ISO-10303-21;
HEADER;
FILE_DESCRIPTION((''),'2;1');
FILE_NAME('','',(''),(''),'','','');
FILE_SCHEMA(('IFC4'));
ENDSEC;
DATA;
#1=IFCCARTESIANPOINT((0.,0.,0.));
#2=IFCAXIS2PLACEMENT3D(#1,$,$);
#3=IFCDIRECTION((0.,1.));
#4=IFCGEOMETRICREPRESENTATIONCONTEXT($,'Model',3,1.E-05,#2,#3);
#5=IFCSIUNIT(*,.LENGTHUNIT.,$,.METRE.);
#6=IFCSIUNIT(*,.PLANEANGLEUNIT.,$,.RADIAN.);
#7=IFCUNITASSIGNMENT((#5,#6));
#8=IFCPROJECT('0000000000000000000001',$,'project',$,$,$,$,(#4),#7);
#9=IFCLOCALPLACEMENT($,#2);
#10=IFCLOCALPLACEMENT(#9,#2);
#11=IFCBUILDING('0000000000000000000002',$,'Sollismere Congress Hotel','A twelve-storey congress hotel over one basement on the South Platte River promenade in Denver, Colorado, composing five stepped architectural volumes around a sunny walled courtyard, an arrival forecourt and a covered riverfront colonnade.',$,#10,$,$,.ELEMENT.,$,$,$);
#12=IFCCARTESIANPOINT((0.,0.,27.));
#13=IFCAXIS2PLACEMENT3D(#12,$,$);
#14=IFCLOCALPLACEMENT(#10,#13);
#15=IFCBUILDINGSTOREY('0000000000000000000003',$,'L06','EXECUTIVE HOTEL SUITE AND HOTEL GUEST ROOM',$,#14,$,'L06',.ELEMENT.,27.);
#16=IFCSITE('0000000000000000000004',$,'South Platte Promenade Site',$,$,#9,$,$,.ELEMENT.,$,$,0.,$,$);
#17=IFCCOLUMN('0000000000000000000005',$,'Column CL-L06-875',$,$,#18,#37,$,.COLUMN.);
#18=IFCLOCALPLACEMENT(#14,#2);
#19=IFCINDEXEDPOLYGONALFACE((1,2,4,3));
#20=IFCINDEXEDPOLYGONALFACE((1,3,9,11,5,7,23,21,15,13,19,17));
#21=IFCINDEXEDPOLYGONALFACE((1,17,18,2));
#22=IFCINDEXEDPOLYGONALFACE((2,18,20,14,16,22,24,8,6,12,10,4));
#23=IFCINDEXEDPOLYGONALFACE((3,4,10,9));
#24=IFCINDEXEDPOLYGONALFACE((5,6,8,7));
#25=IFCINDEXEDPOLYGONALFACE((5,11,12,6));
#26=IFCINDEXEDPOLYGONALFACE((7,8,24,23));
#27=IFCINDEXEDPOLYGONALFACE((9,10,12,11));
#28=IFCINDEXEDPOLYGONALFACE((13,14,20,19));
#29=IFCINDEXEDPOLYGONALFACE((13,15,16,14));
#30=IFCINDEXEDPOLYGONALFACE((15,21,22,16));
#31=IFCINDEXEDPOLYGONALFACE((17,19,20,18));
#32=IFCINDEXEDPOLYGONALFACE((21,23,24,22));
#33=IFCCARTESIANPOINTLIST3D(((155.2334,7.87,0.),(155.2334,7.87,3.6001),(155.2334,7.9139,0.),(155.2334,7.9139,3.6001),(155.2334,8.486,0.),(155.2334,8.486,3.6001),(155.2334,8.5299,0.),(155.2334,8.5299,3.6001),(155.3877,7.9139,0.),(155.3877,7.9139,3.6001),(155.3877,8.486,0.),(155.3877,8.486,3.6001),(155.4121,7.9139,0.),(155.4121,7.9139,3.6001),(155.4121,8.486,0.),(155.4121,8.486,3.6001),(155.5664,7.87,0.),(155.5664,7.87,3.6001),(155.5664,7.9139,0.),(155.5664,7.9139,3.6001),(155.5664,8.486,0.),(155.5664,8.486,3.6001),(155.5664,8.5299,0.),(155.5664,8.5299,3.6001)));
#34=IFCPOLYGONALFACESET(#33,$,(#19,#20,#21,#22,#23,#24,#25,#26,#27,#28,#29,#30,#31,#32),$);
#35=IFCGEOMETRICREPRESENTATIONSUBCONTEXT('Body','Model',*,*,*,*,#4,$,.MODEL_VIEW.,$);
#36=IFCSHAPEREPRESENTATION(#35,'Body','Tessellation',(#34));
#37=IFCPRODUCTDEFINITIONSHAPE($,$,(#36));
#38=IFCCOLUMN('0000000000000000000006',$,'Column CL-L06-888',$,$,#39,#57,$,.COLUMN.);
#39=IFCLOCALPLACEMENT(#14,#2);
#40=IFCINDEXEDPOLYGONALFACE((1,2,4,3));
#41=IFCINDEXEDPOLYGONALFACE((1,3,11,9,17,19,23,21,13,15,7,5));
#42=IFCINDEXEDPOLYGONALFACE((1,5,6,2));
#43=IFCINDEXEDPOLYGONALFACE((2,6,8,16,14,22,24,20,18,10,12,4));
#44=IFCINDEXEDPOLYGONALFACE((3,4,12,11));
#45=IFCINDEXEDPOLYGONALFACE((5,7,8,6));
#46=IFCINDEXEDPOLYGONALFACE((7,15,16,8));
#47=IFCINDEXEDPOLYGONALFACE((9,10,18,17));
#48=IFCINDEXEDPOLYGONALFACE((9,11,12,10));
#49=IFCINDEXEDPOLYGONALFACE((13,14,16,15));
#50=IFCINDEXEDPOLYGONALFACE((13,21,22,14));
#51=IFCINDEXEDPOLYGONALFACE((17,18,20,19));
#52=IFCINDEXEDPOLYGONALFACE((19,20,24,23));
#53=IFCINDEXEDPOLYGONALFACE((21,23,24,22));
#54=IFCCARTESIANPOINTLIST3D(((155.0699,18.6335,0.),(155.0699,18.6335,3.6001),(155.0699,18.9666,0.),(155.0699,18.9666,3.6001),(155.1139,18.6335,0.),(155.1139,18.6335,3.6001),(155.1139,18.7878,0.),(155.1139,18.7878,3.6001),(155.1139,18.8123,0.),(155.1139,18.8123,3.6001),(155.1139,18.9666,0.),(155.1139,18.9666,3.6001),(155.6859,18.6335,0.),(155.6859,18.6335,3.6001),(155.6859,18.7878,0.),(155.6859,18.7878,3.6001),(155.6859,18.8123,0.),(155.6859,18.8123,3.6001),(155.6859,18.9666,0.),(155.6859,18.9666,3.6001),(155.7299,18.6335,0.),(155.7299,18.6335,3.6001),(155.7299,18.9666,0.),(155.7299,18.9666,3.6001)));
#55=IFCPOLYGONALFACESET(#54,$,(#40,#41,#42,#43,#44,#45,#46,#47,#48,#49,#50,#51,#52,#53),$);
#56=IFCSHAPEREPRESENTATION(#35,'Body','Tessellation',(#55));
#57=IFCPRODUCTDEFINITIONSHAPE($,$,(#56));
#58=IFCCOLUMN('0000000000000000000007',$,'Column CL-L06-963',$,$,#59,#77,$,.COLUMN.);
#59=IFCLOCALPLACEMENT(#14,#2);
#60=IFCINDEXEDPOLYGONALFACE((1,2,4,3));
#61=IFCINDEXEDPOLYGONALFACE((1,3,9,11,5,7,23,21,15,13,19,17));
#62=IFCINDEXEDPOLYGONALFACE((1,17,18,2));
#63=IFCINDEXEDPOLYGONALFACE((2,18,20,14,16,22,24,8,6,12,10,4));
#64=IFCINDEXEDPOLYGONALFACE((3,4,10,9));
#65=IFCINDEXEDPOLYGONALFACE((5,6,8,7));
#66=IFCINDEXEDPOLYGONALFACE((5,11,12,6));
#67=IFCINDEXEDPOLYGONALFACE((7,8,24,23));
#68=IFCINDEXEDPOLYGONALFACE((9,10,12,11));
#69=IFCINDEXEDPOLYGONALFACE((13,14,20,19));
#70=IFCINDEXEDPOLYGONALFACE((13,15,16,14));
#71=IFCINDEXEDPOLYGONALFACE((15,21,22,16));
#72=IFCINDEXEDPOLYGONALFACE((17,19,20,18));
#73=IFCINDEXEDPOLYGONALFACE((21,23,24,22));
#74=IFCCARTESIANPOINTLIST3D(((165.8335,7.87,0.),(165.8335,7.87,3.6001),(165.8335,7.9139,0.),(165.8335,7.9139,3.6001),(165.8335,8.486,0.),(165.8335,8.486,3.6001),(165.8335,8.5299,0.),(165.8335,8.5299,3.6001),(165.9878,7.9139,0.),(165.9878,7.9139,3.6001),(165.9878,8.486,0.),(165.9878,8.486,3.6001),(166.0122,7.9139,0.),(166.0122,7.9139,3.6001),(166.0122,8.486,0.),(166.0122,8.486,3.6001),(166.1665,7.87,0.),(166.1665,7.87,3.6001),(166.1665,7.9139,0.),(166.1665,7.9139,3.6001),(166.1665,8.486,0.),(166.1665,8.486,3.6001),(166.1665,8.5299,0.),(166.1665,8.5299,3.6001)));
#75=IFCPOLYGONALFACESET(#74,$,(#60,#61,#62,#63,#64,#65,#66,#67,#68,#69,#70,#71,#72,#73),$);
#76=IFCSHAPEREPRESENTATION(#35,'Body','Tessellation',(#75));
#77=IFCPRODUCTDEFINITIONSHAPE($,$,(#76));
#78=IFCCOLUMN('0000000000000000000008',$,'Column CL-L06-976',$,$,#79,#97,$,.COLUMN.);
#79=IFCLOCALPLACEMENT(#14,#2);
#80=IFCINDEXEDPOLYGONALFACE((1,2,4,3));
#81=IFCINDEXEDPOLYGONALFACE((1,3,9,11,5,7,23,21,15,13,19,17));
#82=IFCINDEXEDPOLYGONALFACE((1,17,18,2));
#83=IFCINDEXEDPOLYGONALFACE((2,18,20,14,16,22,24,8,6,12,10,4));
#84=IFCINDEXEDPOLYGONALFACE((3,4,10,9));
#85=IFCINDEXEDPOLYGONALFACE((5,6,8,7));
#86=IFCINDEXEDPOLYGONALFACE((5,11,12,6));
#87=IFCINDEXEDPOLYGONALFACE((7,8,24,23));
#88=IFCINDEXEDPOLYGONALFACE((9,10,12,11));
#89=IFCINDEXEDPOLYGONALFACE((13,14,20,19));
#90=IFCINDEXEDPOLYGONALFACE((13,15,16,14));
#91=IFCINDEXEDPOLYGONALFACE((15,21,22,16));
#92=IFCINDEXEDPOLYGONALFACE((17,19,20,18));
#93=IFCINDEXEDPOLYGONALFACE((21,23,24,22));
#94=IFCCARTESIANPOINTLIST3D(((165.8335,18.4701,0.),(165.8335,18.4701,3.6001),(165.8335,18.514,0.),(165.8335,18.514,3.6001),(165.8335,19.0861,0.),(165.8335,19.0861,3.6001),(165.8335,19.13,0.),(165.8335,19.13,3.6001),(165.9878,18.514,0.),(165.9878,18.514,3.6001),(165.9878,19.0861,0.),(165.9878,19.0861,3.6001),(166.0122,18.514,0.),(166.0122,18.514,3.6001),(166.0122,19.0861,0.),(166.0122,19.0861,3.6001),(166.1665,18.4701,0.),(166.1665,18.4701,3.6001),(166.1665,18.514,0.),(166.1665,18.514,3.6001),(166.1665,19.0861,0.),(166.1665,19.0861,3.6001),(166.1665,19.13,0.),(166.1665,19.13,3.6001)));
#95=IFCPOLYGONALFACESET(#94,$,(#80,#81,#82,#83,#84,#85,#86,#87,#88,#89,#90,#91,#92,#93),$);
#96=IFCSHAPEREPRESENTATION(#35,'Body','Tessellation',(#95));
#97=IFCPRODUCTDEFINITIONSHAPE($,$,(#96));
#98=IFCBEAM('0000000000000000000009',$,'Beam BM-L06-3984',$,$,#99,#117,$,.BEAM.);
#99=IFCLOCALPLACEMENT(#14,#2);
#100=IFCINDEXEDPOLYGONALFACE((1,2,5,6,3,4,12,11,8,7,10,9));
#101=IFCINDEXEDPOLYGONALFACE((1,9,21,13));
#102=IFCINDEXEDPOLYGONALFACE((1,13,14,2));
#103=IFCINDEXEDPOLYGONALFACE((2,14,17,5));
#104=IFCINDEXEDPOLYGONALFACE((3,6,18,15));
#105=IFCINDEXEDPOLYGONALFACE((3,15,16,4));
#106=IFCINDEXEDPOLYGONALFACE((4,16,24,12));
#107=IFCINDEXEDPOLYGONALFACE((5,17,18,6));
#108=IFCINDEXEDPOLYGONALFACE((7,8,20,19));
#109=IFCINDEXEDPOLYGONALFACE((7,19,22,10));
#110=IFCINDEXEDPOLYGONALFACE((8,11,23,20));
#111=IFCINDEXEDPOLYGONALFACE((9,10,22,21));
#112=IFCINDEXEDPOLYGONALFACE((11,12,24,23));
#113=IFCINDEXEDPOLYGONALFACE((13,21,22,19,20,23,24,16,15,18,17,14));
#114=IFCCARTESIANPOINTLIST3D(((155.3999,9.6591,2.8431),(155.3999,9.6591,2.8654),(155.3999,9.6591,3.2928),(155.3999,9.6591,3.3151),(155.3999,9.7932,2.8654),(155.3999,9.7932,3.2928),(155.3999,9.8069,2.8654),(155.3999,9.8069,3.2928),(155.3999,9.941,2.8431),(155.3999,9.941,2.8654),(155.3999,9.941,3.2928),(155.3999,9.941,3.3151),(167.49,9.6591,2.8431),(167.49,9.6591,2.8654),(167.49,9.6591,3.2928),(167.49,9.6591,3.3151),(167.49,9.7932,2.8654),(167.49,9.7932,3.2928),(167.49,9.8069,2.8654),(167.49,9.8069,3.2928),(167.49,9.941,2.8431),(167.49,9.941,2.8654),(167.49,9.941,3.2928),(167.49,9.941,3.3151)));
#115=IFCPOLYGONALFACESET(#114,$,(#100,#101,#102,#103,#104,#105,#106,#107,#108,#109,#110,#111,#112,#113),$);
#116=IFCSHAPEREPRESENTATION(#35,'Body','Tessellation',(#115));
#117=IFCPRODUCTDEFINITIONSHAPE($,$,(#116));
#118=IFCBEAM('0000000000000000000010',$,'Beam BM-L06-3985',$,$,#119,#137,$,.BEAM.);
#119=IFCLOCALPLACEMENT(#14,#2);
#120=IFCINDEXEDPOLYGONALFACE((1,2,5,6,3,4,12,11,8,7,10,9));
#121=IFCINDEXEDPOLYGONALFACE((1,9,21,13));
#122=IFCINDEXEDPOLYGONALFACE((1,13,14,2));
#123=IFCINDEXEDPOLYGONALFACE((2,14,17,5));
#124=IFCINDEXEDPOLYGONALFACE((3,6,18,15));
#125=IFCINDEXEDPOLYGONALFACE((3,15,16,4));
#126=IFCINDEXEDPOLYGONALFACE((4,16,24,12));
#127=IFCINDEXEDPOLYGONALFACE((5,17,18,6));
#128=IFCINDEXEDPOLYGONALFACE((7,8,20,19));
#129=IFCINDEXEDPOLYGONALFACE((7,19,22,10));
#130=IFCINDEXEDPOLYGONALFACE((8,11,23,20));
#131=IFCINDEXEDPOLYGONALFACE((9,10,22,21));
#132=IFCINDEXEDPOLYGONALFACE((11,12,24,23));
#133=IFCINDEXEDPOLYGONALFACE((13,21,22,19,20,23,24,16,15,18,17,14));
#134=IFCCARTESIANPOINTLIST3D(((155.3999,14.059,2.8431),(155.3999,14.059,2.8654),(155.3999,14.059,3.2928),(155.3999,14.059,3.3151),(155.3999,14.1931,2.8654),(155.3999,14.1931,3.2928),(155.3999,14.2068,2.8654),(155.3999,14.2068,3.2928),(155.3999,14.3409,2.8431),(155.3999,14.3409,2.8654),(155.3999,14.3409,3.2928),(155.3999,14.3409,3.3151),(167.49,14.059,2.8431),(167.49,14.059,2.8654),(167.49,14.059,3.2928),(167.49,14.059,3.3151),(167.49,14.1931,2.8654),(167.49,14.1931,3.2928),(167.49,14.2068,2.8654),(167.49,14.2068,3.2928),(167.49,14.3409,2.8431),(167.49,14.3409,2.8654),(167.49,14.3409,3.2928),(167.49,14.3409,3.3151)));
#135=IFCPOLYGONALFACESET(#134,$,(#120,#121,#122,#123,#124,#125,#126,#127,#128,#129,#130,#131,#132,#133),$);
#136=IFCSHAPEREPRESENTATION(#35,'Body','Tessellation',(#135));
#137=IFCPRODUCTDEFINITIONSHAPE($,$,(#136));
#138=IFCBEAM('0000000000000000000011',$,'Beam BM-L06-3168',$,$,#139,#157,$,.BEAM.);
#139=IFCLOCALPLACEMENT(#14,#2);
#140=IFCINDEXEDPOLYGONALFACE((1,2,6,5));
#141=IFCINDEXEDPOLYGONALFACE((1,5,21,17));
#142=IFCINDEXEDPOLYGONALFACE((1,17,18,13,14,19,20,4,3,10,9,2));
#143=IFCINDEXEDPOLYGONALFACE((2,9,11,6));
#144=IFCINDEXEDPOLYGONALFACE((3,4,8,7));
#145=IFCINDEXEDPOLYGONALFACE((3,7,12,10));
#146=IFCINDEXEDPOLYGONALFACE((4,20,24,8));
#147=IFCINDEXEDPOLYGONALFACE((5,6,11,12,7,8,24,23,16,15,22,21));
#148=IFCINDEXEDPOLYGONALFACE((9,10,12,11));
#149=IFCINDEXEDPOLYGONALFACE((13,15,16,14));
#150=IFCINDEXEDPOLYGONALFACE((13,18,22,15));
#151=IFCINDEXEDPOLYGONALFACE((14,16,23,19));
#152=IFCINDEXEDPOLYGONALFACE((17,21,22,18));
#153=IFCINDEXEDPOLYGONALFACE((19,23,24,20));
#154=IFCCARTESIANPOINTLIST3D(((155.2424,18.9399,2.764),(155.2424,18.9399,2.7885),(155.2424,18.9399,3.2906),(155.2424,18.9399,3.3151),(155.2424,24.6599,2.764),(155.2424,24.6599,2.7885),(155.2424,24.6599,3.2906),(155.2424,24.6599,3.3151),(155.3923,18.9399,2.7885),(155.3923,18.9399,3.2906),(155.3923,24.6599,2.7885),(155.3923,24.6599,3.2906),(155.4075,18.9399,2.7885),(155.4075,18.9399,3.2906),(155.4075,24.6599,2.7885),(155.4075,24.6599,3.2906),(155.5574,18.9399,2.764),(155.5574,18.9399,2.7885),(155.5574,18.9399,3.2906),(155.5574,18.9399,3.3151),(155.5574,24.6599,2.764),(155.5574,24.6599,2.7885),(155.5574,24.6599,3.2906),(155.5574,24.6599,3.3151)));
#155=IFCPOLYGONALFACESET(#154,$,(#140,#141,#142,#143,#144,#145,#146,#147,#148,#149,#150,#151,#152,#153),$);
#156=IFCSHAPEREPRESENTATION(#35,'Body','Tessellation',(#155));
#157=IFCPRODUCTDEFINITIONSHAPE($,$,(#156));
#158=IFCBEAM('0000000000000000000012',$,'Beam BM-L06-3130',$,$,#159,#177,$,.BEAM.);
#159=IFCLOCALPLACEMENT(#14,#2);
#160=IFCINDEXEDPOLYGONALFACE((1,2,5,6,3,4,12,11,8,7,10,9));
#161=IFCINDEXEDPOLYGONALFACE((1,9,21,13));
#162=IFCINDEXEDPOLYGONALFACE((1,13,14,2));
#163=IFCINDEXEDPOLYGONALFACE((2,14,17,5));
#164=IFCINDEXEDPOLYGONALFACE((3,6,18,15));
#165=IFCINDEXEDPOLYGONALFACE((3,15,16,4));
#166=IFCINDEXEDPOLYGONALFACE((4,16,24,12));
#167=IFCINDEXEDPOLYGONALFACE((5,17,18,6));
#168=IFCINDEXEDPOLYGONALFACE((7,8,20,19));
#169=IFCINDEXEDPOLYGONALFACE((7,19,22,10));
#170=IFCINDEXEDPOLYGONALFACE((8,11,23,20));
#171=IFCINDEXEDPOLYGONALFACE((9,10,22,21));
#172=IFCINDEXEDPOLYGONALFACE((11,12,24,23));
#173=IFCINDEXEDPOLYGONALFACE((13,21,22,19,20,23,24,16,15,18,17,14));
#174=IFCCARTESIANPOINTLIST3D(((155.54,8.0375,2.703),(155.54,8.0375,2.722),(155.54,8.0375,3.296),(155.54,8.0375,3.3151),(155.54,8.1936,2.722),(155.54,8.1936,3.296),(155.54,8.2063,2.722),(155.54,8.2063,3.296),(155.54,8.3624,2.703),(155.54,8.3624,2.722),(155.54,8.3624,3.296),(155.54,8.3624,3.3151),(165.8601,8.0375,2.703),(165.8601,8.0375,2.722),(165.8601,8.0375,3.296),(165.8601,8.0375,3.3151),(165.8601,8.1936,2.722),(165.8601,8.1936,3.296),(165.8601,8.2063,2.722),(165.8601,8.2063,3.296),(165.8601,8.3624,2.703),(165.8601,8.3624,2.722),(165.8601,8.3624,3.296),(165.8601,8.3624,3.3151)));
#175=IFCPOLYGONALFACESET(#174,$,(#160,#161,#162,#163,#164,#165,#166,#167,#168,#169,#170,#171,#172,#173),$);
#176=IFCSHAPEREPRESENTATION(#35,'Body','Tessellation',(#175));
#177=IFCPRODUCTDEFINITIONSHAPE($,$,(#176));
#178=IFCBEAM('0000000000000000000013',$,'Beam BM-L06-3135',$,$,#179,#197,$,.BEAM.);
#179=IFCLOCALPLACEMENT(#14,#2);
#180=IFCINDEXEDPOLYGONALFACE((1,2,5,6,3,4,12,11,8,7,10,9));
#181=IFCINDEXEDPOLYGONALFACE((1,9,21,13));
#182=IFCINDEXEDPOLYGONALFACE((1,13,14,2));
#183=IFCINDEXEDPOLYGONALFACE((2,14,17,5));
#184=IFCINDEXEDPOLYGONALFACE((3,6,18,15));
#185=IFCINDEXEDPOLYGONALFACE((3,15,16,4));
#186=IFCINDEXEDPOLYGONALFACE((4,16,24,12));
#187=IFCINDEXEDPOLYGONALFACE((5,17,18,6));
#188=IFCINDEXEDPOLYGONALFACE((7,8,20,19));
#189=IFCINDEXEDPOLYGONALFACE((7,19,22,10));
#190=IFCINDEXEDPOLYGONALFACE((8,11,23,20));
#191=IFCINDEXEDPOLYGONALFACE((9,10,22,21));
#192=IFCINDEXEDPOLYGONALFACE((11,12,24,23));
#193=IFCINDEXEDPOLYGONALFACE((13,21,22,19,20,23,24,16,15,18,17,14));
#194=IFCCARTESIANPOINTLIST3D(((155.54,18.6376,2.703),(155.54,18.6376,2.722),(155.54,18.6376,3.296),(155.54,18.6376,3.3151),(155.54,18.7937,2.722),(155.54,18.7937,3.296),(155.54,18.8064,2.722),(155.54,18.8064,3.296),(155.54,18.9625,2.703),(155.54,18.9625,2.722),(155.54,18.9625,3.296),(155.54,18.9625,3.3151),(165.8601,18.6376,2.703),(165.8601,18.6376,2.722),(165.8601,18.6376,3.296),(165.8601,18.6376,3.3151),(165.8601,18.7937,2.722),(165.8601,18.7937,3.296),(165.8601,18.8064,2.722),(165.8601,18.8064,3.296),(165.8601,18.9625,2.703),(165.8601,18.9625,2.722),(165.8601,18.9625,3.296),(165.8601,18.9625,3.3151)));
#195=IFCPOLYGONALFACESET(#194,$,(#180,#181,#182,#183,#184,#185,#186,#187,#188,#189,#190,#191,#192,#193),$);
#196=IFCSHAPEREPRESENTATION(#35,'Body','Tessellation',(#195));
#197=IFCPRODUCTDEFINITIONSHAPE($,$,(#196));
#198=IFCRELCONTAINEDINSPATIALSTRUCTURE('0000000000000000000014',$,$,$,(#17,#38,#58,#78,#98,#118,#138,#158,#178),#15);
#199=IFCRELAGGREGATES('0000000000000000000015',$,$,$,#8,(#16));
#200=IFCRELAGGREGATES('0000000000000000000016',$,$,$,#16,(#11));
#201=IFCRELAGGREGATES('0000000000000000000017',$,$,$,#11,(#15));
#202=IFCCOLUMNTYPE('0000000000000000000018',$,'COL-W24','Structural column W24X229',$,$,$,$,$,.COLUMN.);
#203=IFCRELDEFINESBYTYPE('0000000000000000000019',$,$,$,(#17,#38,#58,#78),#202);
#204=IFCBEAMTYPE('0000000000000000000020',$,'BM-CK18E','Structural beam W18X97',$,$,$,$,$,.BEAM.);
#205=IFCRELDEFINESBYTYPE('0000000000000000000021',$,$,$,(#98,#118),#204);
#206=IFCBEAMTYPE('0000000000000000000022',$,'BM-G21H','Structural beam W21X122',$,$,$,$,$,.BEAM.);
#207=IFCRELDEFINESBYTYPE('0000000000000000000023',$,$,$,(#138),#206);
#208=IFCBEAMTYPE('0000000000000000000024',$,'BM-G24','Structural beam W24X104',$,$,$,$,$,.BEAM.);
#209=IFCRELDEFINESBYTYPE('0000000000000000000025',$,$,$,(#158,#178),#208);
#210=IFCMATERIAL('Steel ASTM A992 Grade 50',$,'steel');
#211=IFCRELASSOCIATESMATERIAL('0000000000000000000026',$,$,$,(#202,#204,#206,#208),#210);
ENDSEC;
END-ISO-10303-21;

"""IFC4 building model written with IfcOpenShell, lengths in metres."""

from ifc_helpers import new_model, si_unit, direction, frame, origin, origin_2d, place, context, subcontext, project, spatial, i_section, extrude, material, material_profile, profile_set, type_object, element, save


model = new_model("IFC4")

# Units and contexts
model_context = context("Model", 3, precision=1e-05, world=origin(), true_north=direction((0.0, 1.0)))
body_context = subcontext(model_context, "Body", "Model", "MODEL_VIEW")
ifc_project = project(units=[si_unit("LENGTHUNIT", "METRE"), si_unit("PLANEANGLEUNIT", "RADIAN")], contexts=[model_context])

# Site, building, storey
site_placement = place(None, origin())
site = spatial("IfcSite", under=ifc_project, at=site_placement, Name="South Platte Promenade Site", CompositionType="ELEMENT", RefElevation=0.0)
building_placement = place(site_placement, origin())
building = spatial("IfcBuilding", under=site, at=building_placement, Name="Sollismere Congress Hotel", Description="A twelve-storey congress hotel over one basement on the South Platte River promenade in Denver, Colorado, composing five stepped architectural volumes around a sunny walled courtyard, an arrival forecourt and a covered riverfront colonnade.", CompositionType="ELEMENT")
storey_placement = place(building_placement, frame((0.0, 0.0, 27.0)))
storey = spatial("IfcBuildingStorey", under=building, at=storey_placement, Name="L06", Description="EXECUTIVE HOTEL SUITE AND HOTEL GUEST ROOM", LongName="L06", CompositionType="ELEMENT", Elevation=27.0)

# Columns
ifc_material_1 = material(Name="Steel ASTM A992 Grade 50", Category="steel")
ifc_material_profile_1 = material_profile(ifc_material_1, i_section(OverallWidth=0.333, OverallDepth=0.6599, WebThickness=0.0244, FlangeThickness=0.0439, at=origin_2d()), Name="W24X229")
ifc_profile_set_1 = profile_set([ifc_material_profile_1], Name="Steel ASTM A992 Grade 50")
column_type = type_object("IfcColumnType", Name="COL-W24", Description="Structural column W24X229", PredefinedType="COLUMN", material=ifc_profile_set_1)
for number, where, z_axis, x_axis, name in (
    (1, (155.3999, 8.2, 0.0), (0.0, 0.0, 1.0), (1.0, 0.0, 0.0), "Column CL-L06-875"),
    (2, (155.3999, 18.8, 0.0), (0.0, 0.0, 1.0), (0.0, 1.0, 0.0), "Column CL-L06-888"),
    (3, (166.0, 8.2, 0.0), (0.0, 0.0, 1.0), (1.0, 0.0, 0.0), "Column CL-L06-963"),
    (4, (166.0, 18.8, 0.0), (0.0, 0.0, 1.0), (1.0, 0.0, 0.0), "Column CL-L06-976"),
):
    element("IfcColumn", number, at=place(storey_placement, frame(where, z_axis=z_axis, x_axis=x_axis)), inside=storey, type_object=column_type, Name=name, PredefinedType="COLUMN", context=body_context, shape_type="SweptSolid", body=[
        extrude(i_section(OverallWidth=0.333, OverallDepth=0.6599, WebThickness=0.0244, FlangeThickness=0.0439, at=origin_2d()), origin(), (0.0, 0.0, 1.0), 3.6001),
    ])

# Beams
ifc_material_profile_2 = material_profile(ifc_material_1, i_section(OverallWidth=0.282, OverallDepth=0.4719, WebThickness=0.0137, FlangeThickness=0.0222, at=origin_2d()), Name="W18X97")
ifc_profile_set_2 = profile_set([ifc_material_profile_2], Name="Steel ASTM A992 Grade 50")
beam_type_1 = type_object("IfcBeamType", Name="BM-CK18E", Description="Structural beam W18X97", PredefinedType="BEAM", material=ifc_profile_set_2)
for number, where, z_axis, x_axis, name in (
    (5, (155.3999, 9.8, 3.0791), (1.0, 0.0, 0.0), (0.0, 1.0, 0.0), "Beam BM-L06-3984"),
    (6, (155.3999, 14.2, 3.0791), (1.0, 0.0, 0.0), (0.0, 1.0, 0.0), "Beam BM-L06-3985"),
):
    element("IfcBeam", number, at=place(storey_placement, frame(where, z_axis=z_axis, x_axis=x_axis)), inside=storey, type_object=beam_type_1, Name=name, PredefinedType="BEAM", context=body_context, shape_type="SweptSolid", body=[
        extrude(i_section(OverallWidth=0.282, OverallDepth=0.4719, WebThickness=0.0137, FlangeThickness=0.0222, at=origin_2d()), origin(), (0.0, 0.0, 1.0), 12.0901),
    ])
ifc_material_profile_3 = material_profile(ifc_material_1, i_section(OverallWidth=0.3149, OverallDepth=0.551, WebThickness=0.0151, FlangeThickness=0.0244, at=origin_2d()), Name="W21X122")
ifc_profile_set_3 = profile_set([ifc_material_profile_3], Name="Steel ASTM A992 Grade 50")
beam_type_2 = type_object("IfcBeamType", Name="BM-G21H", Description="Structural beam W21X122", PredefinedType="BEAM", material=ifc_profile_set_3)
beam_1_placement = place(storey_placement, frame((155.3999, 18.9399, 3.0396), z_axis=(0.0, 1.0, 0.0), x_axis=(-1.0, 0.0, 0.0)))
element("IfcBeam", 7, at=beam_1_placement, inside=storey, type_object=beam_type_2, Name="Beam BM-L06-3168", PredefinedType="BEAM", context=body_context, shape_type="SweptSolid", body=[
    extrude(i_section(OverallWidth=0.3149, OverallDepth=0.551, WebThickness=0.0151, FlangeThickness=0.0244, at=origin_2d()), origin(), (0.0, 0.0, 1.0), 5.72),
])
ifc_material_profile_4 = material_profile(ifc_material_1, i_section(OverallWidth=0.325, OverallDepth=0.6121, WebThickness=0.0127, FlangeThickness=0.019, at=origin_2d()), Name="W24X104")
ifc_profile_set_4 = profile_set([ifc_material_profile_4], Name="Steel ASTM A992 Grade 50")
beam_type_3 = type_object("IfcBeamType", Name="BM-G24", Description="Structural beam W24X104", PredefinedType="BEAM", material=ifc_profile_set_4)
for number, where, z_axis, x_axis, name in (
    (8, (155.54, 8.2, 3.009), (1.0, 0.0, 0.0), (0.0, 1.0, 0.0), "Beam BM-L06-3130"),
    (9, (155.54, 18.8, 3.009), (1.0, 0.0, 0.0), (0.0, 1.0, 0.0), "Beam BM-L06-3135"),
):
    element("IfcBeam", number, at=place(storey_placement, frame(where, z_axis=z_axis, x_axis=x_axis)), inside=storey, type_object=beam_type_3, Name=name, PredefinedType="BEAM", context=body_context, shape_type="SweptSolid", body=[
        extrude(i_section(OverallWidth=0.325, OverallDepth=0.6121, WebThickness=0.0127, FlangeThickness=0.019, at=origin_2d()), origin(), (0.0, 0.0, 1.0), 10.3201),
    ])

save(model, "model.ifc")
